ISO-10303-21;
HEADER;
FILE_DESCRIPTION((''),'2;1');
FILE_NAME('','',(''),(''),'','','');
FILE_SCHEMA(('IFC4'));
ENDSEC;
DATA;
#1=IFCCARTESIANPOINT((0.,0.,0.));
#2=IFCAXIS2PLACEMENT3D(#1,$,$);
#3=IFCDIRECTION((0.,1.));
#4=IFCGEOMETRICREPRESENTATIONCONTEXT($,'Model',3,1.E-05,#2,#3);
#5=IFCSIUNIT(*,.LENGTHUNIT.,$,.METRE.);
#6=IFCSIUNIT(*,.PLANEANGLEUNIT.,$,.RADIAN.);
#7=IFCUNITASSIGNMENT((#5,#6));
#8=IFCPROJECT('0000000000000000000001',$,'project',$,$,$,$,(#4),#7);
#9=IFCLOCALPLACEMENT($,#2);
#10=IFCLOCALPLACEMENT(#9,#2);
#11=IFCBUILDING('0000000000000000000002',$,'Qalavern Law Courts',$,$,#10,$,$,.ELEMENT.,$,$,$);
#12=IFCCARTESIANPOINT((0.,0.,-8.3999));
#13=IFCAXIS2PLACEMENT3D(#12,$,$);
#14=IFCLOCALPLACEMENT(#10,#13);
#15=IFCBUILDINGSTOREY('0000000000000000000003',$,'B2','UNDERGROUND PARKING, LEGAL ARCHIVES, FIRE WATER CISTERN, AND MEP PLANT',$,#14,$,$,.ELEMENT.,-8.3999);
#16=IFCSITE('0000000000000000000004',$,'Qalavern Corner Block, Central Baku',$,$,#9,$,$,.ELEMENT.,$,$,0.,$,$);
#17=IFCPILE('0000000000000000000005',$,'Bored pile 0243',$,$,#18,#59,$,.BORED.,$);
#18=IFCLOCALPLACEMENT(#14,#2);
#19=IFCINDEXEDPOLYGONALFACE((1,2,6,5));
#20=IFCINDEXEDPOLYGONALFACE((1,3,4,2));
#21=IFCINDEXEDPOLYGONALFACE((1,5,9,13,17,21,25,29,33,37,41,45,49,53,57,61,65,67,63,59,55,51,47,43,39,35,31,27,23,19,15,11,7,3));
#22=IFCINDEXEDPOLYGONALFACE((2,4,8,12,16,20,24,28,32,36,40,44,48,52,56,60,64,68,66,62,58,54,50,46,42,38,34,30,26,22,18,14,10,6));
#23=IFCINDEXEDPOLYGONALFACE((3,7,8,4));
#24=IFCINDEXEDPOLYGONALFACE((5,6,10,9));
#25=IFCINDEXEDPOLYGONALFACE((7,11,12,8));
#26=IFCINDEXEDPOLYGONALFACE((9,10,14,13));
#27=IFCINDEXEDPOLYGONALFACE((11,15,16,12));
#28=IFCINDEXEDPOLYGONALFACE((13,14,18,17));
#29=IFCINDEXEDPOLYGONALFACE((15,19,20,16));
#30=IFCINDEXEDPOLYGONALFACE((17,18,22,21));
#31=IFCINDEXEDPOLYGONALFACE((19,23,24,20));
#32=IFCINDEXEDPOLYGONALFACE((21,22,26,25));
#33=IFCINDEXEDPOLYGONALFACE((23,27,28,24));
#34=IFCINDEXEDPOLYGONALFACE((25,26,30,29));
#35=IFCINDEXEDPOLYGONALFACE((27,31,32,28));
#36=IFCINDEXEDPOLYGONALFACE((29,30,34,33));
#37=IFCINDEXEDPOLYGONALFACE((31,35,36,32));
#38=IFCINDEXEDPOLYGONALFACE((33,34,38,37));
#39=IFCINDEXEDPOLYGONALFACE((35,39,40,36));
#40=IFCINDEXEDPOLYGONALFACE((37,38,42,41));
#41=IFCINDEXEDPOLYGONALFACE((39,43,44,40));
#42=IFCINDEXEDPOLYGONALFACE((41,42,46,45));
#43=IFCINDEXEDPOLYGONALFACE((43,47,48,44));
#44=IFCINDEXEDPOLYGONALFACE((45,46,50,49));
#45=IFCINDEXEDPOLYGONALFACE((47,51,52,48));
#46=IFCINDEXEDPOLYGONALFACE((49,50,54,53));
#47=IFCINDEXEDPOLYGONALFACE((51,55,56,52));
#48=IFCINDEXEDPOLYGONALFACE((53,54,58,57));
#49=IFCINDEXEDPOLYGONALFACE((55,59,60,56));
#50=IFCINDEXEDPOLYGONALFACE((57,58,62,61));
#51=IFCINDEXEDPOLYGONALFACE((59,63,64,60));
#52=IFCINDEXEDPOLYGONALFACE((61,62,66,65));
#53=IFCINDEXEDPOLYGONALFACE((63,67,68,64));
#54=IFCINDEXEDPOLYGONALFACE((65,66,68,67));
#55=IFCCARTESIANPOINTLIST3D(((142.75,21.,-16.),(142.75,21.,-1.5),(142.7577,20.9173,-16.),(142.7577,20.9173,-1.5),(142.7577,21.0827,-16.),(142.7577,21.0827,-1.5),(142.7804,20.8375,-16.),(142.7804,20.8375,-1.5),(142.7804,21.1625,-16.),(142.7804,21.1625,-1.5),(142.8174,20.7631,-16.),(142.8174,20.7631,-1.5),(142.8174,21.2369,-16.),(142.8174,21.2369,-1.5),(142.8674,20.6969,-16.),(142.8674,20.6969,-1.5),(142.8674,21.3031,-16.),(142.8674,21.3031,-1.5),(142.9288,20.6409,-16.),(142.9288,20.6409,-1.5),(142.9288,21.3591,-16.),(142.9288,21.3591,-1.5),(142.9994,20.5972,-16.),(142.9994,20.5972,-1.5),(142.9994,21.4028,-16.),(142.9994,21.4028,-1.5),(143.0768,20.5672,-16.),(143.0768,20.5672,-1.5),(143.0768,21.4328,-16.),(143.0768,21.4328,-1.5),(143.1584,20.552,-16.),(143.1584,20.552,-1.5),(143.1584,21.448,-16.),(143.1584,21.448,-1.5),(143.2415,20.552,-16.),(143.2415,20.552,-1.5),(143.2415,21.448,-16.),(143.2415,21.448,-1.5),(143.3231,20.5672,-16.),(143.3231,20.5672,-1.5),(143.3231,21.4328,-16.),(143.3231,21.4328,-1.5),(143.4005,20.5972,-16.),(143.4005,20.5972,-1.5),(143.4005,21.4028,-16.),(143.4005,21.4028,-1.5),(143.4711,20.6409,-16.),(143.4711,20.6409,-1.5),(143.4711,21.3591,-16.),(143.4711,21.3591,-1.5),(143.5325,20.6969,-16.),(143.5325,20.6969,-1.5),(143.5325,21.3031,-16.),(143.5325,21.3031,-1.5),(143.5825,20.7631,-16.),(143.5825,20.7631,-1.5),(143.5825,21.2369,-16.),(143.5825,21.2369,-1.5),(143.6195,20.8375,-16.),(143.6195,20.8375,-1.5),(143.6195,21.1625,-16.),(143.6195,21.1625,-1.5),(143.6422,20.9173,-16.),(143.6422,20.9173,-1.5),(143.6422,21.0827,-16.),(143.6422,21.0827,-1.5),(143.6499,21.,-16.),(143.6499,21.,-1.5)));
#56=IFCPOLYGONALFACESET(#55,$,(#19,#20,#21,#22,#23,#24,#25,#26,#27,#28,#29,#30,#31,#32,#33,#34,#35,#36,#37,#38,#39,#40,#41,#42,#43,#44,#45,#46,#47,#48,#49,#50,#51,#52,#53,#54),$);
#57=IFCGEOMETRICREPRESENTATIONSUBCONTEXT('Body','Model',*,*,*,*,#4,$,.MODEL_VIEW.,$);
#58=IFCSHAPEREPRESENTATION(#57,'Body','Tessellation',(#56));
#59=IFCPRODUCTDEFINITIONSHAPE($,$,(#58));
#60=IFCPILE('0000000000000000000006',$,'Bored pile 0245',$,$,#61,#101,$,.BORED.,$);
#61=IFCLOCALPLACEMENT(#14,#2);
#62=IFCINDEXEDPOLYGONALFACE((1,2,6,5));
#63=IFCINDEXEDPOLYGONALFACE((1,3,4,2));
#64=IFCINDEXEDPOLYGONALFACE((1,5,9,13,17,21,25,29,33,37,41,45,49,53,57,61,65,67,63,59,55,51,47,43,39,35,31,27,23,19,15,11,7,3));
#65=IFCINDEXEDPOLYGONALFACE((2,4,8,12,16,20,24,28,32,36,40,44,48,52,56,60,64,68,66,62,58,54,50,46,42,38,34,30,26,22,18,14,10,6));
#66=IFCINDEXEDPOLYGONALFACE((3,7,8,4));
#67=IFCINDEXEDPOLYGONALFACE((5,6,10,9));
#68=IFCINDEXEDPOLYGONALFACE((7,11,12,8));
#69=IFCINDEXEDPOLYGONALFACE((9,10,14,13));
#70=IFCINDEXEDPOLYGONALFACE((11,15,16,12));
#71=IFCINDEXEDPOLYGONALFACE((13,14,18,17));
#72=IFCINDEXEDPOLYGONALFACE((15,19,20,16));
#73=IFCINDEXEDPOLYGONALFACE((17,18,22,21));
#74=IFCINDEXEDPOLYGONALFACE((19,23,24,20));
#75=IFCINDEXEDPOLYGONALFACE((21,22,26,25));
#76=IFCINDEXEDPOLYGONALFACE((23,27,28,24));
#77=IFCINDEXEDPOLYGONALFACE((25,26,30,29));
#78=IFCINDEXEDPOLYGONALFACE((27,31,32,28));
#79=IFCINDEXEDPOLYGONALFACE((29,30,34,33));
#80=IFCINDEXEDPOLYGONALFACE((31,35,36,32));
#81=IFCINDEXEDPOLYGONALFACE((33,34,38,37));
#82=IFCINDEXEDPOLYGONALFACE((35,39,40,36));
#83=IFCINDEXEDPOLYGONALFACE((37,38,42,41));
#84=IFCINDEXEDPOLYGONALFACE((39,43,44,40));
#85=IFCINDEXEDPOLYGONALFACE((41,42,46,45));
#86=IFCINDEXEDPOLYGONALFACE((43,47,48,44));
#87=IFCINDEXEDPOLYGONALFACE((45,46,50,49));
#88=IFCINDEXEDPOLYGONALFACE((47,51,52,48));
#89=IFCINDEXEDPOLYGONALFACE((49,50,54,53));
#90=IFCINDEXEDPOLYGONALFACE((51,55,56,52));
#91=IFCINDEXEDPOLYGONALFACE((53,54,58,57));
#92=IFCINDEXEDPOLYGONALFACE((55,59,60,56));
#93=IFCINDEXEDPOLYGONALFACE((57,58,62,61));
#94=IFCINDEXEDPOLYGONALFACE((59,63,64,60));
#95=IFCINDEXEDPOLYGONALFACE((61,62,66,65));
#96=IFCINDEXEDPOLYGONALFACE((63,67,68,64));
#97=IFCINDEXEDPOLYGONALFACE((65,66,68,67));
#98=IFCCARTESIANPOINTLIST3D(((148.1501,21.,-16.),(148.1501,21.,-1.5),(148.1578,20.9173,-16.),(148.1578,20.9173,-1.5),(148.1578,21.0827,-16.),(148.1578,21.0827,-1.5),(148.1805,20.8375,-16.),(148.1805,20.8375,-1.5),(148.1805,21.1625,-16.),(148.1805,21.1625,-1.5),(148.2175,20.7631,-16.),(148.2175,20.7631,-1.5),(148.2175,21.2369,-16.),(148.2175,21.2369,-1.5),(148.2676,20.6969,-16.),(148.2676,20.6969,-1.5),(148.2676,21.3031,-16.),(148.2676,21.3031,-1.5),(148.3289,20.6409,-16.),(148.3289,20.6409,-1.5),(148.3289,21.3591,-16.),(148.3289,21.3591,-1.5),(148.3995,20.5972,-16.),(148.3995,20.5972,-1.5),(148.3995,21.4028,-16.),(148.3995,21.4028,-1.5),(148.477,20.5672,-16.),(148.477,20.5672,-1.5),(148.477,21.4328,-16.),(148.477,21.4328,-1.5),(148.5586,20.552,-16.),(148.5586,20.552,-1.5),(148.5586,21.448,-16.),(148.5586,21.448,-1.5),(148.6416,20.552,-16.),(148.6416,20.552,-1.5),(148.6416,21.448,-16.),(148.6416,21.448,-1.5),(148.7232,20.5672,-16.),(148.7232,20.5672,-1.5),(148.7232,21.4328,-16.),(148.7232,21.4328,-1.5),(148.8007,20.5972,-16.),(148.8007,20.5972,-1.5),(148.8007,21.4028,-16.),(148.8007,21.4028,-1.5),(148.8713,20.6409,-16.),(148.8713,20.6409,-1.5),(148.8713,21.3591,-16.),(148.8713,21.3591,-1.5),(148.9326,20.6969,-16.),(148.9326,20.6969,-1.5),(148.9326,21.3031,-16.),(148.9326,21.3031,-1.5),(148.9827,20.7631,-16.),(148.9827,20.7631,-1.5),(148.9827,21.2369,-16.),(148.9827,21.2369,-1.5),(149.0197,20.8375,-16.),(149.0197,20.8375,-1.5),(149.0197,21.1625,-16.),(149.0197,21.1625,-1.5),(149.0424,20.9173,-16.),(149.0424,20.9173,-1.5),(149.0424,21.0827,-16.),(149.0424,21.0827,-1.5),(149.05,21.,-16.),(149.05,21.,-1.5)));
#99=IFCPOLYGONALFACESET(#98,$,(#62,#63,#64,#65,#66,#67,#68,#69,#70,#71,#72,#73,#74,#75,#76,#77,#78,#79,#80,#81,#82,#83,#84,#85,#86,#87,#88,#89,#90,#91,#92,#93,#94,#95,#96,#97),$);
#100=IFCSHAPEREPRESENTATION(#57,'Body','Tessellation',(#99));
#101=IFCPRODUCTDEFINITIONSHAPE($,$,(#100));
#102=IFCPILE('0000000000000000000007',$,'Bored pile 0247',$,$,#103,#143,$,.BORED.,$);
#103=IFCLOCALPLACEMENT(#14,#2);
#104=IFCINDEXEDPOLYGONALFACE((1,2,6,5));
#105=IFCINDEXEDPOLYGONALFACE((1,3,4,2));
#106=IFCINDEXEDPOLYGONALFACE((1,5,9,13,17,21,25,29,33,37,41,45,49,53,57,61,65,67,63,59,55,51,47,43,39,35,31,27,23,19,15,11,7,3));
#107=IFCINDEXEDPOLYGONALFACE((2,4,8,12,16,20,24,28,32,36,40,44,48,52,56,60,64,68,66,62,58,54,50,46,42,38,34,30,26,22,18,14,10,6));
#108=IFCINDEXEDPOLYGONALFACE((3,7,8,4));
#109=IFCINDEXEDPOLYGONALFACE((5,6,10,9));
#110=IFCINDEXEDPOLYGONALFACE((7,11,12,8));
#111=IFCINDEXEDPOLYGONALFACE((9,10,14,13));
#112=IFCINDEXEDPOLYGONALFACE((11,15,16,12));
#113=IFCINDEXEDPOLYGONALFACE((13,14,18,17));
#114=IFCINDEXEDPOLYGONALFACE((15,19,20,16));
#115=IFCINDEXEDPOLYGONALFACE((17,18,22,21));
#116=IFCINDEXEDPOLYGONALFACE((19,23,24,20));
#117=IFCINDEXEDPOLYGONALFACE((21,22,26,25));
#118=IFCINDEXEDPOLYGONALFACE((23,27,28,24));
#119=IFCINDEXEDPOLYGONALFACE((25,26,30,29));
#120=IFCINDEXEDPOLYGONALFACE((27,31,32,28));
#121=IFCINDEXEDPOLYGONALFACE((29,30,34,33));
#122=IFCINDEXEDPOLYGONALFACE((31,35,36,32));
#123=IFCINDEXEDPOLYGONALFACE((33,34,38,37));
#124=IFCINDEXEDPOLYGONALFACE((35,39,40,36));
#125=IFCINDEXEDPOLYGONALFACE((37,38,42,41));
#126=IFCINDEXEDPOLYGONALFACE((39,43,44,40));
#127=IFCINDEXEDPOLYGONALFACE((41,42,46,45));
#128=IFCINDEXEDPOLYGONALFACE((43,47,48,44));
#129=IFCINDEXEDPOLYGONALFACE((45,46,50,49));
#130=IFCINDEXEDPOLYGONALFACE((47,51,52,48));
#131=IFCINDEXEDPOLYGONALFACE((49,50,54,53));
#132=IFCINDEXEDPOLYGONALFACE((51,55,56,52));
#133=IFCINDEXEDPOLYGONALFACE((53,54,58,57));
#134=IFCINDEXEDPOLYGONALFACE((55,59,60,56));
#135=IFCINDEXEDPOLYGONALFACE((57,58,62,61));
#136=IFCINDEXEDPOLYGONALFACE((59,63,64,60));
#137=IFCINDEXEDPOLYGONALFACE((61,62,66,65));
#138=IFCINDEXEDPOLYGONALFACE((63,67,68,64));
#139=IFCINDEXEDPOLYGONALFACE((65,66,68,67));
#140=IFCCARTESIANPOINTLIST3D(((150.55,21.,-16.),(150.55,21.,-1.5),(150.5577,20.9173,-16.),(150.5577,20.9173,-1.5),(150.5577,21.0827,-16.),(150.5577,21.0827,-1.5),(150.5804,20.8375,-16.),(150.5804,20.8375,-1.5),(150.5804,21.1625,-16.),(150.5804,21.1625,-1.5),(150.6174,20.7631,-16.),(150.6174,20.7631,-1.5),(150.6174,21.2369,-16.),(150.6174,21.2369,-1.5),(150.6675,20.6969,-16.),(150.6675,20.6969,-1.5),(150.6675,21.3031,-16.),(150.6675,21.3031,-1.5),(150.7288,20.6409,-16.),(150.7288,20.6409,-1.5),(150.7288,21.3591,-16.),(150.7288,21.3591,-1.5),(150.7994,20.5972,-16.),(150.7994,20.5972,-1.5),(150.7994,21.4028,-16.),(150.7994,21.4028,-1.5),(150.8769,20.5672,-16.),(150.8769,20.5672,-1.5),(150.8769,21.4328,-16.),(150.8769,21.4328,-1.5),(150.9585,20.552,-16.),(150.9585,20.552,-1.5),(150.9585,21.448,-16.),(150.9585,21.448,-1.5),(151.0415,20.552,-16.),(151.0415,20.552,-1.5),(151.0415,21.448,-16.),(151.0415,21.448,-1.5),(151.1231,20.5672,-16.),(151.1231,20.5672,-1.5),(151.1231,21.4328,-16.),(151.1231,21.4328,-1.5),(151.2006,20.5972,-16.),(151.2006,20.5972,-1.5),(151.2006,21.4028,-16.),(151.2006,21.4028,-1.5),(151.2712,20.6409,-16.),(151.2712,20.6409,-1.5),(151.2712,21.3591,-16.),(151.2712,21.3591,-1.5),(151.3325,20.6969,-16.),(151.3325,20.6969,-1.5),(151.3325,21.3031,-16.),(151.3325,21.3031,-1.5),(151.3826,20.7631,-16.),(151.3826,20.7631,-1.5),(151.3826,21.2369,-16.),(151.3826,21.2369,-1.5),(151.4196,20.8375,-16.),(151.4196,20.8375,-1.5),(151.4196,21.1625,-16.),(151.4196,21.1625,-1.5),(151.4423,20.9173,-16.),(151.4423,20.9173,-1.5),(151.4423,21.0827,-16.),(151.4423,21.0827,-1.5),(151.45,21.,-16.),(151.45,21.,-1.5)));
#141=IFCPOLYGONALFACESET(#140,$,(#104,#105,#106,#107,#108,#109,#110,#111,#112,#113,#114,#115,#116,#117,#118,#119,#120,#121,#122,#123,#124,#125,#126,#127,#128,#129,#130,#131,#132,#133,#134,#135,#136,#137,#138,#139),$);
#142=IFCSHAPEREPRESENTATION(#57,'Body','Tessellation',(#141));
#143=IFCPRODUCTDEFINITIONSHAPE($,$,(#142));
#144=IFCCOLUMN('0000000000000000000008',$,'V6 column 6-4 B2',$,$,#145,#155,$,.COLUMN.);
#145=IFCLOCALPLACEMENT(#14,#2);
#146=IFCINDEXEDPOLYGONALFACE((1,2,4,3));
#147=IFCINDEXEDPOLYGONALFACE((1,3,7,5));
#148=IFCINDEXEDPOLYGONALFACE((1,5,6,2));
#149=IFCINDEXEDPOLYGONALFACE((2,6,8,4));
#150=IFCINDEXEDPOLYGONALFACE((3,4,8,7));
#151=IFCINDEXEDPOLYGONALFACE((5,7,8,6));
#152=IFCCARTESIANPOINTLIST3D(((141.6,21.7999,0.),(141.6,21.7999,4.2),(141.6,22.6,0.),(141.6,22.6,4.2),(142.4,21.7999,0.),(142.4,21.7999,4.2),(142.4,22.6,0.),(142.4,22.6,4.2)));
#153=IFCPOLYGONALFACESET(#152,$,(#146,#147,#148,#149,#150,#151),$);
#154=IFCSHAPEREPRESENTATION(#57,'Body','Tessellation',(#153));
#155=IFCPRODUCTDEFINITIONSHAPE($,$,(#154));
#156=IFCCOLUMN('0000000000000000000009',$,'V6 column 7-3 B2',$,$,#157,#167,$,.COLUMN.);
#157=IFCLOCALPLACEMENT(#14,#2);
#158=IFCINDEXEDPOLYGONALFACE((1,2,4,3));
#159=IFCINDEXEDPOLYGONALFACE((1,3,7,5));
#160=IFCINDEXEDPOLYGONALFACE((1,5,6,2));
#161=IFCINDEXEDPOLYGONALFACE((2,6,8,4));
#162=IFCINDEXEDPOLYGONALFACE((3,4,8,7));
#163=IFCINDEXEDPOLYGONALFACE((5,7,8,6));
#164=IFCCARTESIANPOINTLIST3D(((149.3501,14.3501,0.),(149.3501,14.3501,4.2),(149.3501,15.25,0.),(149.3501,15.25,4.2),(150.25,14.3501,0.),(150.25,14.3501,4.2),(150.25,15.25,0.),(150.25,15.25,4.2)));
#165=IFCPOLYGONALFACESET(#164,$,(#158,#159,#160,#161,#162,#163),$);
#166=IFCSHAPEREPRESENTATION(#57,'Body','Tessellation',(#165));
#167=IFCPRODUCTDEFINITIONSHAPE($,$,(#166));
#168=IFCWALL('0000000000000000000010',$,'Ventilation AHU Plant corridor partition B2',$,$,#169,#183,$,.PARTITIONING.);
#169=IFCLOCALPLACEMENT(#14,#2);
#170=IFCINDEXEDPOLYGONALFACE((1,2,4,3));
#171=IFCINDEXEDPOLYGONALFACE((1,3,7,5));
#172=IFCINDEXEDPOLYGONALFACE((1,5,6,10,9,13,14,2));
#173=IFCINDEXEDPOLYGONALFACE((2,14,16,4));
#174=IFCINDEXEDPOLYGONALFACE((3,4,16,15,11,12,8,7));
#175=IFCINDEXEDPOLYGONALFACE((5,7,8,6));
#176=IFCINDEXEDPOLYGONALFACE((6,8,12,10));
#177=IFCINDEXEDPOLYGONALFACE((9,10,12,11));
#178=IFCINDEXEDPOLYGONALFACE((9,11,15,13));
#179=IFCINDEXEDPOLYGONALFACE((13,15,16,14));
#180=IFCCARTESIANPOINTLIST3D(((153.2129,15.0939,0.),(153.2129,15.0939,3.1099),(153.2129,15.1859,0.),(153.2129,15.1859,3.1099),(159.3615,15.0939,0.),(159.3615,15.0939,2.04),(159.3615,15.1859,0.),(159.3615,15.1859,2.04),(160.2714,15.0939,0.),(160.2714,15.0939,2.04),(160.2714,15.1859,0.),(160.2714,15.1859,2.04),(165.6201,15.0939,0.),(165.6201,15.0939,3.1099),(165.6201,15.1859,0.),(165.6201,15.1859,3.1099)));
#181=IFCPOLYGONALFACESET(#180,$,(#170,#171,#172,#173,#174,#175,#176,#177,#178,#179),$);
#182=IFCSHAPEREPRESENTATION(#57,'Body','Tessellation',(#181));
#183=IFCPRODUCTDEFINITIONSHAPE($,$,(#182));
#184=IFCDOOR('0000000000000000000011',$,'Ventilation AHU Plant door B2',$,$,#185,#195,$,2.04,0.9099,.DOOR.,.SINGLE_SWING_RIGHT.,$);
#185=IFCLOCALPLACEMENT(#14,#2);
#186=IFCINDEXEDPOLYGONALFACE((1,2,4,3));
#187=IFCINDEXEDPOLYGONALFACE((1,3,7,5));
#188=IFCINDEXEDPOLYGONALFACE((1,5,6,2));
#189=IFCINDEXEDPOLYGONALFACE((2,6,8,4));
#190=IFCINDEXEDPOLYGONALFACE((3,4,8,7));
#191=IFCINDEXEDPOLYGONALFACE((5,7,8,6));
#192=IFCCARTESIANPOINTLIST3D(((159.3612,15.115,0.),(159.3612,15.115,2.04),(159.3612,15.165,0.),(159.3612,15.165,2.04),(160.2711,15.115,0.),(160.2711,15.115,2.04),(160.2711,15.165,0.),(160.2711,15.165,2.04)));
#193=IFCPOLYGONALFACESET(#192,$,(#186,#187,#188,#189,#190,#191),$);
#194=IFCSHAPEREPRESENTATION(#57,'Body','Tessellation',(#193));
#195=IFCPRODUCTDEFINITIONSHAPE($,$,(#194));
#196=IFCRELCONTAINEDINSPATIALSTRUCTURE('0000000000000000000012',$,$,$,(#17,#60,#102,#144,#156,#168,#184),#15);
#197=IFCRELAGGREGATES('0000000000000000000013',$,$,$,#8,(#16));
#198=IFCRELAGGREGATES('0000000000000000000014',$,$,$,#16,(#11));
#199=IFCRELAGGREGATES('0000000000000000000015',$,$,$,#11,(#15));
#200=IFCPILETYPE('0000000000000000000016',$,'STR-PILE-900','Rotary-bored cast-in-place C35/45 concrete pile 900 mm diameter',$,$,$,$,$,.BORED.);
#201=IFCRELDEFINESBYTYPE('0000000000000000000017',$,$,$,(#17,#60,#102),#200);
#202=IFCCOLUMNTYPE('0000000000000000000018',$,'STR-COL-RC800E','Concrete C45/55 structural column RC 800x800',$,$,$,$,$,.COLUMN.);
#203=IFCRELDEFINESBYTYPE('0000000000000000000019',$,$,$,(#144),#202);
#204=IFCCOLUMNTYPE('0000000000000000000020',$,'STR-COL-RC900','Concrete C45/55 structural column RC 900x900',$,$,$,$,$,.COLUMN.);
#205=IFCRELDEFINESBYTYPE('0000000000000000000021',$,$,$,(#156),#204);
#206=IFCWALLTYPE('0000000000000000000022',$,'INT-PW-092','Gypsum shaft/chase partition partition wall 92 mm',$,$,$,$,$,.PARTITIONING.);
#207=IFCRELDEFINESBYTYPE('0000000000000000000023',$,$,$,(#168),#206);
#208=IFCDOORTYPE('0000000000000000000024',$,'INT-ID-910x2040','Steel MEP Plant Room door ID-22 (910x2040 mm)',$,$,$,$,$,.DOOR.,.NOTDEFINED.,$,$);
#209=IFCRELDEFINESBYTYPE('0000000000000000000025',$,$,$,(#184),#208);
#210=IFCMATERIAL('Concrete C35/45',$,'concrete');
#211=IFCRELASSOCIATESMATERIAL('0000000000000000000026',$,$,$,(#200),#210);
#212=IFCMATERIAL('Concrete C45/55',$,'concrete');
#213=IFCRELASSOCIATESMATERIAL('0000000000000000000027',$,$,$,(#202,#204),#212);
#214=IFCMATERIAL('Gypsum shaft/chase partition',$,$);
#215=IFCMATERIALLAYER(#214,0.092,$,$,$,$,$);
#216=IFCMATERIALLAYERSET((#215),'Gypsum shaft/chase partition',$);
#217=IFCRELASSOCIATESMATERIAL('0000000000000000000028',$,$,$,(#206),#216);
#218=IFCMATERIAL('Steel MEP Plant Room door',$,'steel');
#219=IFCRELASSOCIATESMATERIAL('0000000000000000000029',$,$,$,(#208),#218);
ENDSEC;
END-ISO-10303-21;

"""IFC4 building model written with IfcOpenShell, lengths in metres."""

from ifc_helpers import new_model, si_unit, direction, frame, frame_2d, origin, origin_2d, place, context, subcontext, project, spatial, rectangle, circle, extrude, material, layer, layer_set, material_profile, profile_set, type_object, element, fill, save


model = new_model("IFC4")

# Units and contexts
model_context = context("Model", 3, precision=1e-05, world=origin(), true_north=direction((0.0, 1.0)))
body_context = subcontext(model_context, "Body", "Model", "MODEL_VIEW")
ifc_project = project(units=[si_unit("LENGTHUNIT", "METRE"), si_unit("PLANEANGLEUNIT", "RADIAN")], contexts=[model_context])

# Site, building, storey
site_placement = place(None, origin())
site = spatial("IfcSite", under=ifc_project, at=site_placement, Name="Qalavern Corner Block, Central Baku", CompositionType="ELEMENT", RefElevation=0.0)
building_placement = place(site_placement, origin())
building = spatial("IfcBuilding", under=site, at=building_placement, Name="Qalavern Law Courts", CompositionType="ELEMENT")
storey_placement = place(building_placement, frame((0.0, 0.0, -8.3999)))
storey = spatial("IfcBuildingStorey", under=building, at=storey_placement, Name="B2", Description="UNDERGROUND PARKING, LEGAL ARCHIVES, FIRE WATER CISTERN, AND MEP PLANT", CompositionType="ELEMENT", Elevation=-8.3999)

# Shared definitions
ifc_material_1 = material(Name="Concrete C35/45", Category="concrete")

# Piles
ifc_material_profile_1 = material_profile(ifc_material_1, circle(Radius=0.45, at=origin_2d()), Name="BORED PILE 900")
ifc_profile_set_1 = profile_set([ifc_material_profile_1], Name="Concrete C35/45")
pile_type = type_object("IfcPileType", Name="STR-PILE-900", Description="Rotary-bored cast-in-place C35/45 concrete pile 900 mm diameter", PredefinedType="BORED", material=ifc_profile_set_1)
for number, where, z_axis, x_axis, name in (
    (1, (143.2, 21.0, -1.5), (0.0, 0.0, -1.0), (1.0, 0.0, 0.0), "Bored pile 0243"),
    (2, (148.6001, 21.0, -1.5), (0.0, 0.0, -1.0), (1.0, 0.0, 0.0), "Bored pile 0245"),
    (3, (151.0, 21.0, -1.5), (0.0, 0.0, -1.0), (1.0, 0.0, 0.0), "Bored pile 0247"),
):
    element("IfcPile", number, at=place(storey_placement, frame(where, z_axis=z_axis, x_axis=x_axis)), inside=storey, type_object=pile_type, Name=name, PredefinedType="BORED", context=body_context, shape_type="SweptSolid", body=[
        extrude(circle(Radius=0.45, at=origin_2d()), origin(), (0.0, 0.0, 1.0), 14.5),
    ])

# Columns
ifc_material_2 = material(Name="Concrete C45/55", Category="concrete")
ifc_material_profile_2 = material_profile(ifc_material_2, rectangle(XDim=0.8, YDim=0.8, at=origin_2d()), Name="RC 800x800")
ifc_profile_set_2 = profile_set([ifc_material_profile_2], Name="Concrete C45/55")
column_type_1 = type_object("IfcColumnType", Name="STR-COL-RC800E", Description="Concrete C45/55 structural column RC 800x800", PredefinedType="COLUMN", material=ifc_profile_set_2)
column_1_placement = place(storey_placement, frame((142.0, 22.2, 0.0), z_axis=(0.0, 0.0, 1.0), x_axis=(1.0, 0.0, 0.0)))
element("IfcColumn", 4, at=column_1_placement, inside=storey, type_object=column_type_1, Name="V6 column 6-4 B2", PredefinedType="COLUMN", context=body_context, shape_type="SweptSolid", body=[
    extrude(rectangle(XDim=0.8, YDim=0.8, at=origin_2d()), origin(), (0.0, 0.0, 1.0), 4.2),
])
ifc_material_profile_3 = material_profile(ifc_material_2, rectangle(XDim=0.8999, YDim=0.8999, at=origin_2d()), Name="RC 900x900")
ifc_profile_set_3 = profile_set([ifc_material_profile_3], Name="Concrete C45/55")
column_type_2 = type_object("IfcColumnType", Name="STR-COL-RC900", Description="Concrete C45/55 structural column RC 900x900", PredefinedType="COLUMN", material=ifc_profile_set_3)
column_2_placement = place(storey_placement, frame((149.8, 14.8, 0.0), z_axis=(0.0, 0.0, 1.0), x_axis=(1.0, 0.0, 0.0)))
element("IfcColumn", 5, at=column_2_placement, inside=storey, type_object=column_type_2, Name="V6 column 7-3 B2", PredefinedType="COLUMN", context=body_context, shape_type="SweptSolid", body=[
    extrude(rectangle(XDim=0.8999, YDim=0.8999, at=origin_2d()), origin(), (0.0, 0.0, 1.0), 4.2),
])

# Wall, opening, door
ifc_material_3 = material(Name="Gypsum shaft/chase partition")
ifc_layer = layer(ifc_material_3, 0.092)
ifc_layer_set = layer_set([ifc_layer], Name="Gypsum shaft/chase partition")
wall_type = type_object("IfcWallType", Name="INT-PW-092", Description="Gypsum shaft/chase partition partition wall 92 mm", PredefinedType="PARTITIONING", material=ifc_layer_set)
wall_placement = place(storey_placement, frame((153.2129, 15.1399, 0.0), z_axis=(0.0, 0.0, 1.0), x_axis=(1.0, 0.0, 0.0)))
wall = element("IfcWall", 6, at=wall_placement, inside=storey, type_object=wall_type, Name="Ventilation AHU Plant corridor partition B2", PredefinedType="PARTITIONING", context=body_context, shape_type="SweptSolid", body=[
    extrude(rectangle(XDim=12.4072, YDim=0.092, at=frame_2d((6.2036, 0.0))), origin(), (0.0, 0.0, 1.0), 3.1099),
])
opening_placement = place(wall_placement, frame((6.1484, 0.0, 0.0)))
opening = element("IfcOpeningElement", 7, at=opening_placement, cuts=wall, PredefinedType="OPENING", context=body_context, shape_type="SweptSolid", body=[
    extrude(rectangle(XDim=0.9099, YDim=2.04, at=frame_2d((0.4551, 1.02))), frame((0.0, 0.061, 0.0), z_axis=(0.0, -1.0, 0.0), x_axis=(1.0, 0.0, 0.0)), (0.0, 0.0, 1.0), 0.1218),
])
ifc_material_4 = material(Name="Steel MEP Plant Room door", Category="steel")
door_type = type_object("IfcDoorType", Name="INT-ID-910x2040", Description="Steel MEP Plant Room door ID-22 (910x2040 mm)", OperationType="NOTDEFINED", PredefinedType="DOOR", material=ifc_material_4)
door_placement = place(opening_placement, frame((0.9099, 0.0, 0.0), z_axis=(0.0, 0.0, 1.0), x_axis=(-1.0, 0.0, 0.0)))
door = element("IfcDoor", 8, at=door_placement, inside=storey, type_object=door_type, Name="Ventilation AHU Plant door B2", OperationType="SINGLE_SWING_RIGHT", OverallHeight=2.04, OverallWidth=0.9099, PredefinedType="DOOR", context=body_context, shape_type="SweptSolid", body=[
    extrude(rectangle(XDim=0.9099, YDim=2.04, at=frame_2d((0.4551, 1.02))), frame((0.0, 0.0249, 0.0), z_axis=(0.0, -1.0, 0.0), x_axis=(1.0, 0.0, 0.0)), (0.0, 0.0, 1.0), 0.05),
])
fill(opening, door)

save(model, "model.ifc")
